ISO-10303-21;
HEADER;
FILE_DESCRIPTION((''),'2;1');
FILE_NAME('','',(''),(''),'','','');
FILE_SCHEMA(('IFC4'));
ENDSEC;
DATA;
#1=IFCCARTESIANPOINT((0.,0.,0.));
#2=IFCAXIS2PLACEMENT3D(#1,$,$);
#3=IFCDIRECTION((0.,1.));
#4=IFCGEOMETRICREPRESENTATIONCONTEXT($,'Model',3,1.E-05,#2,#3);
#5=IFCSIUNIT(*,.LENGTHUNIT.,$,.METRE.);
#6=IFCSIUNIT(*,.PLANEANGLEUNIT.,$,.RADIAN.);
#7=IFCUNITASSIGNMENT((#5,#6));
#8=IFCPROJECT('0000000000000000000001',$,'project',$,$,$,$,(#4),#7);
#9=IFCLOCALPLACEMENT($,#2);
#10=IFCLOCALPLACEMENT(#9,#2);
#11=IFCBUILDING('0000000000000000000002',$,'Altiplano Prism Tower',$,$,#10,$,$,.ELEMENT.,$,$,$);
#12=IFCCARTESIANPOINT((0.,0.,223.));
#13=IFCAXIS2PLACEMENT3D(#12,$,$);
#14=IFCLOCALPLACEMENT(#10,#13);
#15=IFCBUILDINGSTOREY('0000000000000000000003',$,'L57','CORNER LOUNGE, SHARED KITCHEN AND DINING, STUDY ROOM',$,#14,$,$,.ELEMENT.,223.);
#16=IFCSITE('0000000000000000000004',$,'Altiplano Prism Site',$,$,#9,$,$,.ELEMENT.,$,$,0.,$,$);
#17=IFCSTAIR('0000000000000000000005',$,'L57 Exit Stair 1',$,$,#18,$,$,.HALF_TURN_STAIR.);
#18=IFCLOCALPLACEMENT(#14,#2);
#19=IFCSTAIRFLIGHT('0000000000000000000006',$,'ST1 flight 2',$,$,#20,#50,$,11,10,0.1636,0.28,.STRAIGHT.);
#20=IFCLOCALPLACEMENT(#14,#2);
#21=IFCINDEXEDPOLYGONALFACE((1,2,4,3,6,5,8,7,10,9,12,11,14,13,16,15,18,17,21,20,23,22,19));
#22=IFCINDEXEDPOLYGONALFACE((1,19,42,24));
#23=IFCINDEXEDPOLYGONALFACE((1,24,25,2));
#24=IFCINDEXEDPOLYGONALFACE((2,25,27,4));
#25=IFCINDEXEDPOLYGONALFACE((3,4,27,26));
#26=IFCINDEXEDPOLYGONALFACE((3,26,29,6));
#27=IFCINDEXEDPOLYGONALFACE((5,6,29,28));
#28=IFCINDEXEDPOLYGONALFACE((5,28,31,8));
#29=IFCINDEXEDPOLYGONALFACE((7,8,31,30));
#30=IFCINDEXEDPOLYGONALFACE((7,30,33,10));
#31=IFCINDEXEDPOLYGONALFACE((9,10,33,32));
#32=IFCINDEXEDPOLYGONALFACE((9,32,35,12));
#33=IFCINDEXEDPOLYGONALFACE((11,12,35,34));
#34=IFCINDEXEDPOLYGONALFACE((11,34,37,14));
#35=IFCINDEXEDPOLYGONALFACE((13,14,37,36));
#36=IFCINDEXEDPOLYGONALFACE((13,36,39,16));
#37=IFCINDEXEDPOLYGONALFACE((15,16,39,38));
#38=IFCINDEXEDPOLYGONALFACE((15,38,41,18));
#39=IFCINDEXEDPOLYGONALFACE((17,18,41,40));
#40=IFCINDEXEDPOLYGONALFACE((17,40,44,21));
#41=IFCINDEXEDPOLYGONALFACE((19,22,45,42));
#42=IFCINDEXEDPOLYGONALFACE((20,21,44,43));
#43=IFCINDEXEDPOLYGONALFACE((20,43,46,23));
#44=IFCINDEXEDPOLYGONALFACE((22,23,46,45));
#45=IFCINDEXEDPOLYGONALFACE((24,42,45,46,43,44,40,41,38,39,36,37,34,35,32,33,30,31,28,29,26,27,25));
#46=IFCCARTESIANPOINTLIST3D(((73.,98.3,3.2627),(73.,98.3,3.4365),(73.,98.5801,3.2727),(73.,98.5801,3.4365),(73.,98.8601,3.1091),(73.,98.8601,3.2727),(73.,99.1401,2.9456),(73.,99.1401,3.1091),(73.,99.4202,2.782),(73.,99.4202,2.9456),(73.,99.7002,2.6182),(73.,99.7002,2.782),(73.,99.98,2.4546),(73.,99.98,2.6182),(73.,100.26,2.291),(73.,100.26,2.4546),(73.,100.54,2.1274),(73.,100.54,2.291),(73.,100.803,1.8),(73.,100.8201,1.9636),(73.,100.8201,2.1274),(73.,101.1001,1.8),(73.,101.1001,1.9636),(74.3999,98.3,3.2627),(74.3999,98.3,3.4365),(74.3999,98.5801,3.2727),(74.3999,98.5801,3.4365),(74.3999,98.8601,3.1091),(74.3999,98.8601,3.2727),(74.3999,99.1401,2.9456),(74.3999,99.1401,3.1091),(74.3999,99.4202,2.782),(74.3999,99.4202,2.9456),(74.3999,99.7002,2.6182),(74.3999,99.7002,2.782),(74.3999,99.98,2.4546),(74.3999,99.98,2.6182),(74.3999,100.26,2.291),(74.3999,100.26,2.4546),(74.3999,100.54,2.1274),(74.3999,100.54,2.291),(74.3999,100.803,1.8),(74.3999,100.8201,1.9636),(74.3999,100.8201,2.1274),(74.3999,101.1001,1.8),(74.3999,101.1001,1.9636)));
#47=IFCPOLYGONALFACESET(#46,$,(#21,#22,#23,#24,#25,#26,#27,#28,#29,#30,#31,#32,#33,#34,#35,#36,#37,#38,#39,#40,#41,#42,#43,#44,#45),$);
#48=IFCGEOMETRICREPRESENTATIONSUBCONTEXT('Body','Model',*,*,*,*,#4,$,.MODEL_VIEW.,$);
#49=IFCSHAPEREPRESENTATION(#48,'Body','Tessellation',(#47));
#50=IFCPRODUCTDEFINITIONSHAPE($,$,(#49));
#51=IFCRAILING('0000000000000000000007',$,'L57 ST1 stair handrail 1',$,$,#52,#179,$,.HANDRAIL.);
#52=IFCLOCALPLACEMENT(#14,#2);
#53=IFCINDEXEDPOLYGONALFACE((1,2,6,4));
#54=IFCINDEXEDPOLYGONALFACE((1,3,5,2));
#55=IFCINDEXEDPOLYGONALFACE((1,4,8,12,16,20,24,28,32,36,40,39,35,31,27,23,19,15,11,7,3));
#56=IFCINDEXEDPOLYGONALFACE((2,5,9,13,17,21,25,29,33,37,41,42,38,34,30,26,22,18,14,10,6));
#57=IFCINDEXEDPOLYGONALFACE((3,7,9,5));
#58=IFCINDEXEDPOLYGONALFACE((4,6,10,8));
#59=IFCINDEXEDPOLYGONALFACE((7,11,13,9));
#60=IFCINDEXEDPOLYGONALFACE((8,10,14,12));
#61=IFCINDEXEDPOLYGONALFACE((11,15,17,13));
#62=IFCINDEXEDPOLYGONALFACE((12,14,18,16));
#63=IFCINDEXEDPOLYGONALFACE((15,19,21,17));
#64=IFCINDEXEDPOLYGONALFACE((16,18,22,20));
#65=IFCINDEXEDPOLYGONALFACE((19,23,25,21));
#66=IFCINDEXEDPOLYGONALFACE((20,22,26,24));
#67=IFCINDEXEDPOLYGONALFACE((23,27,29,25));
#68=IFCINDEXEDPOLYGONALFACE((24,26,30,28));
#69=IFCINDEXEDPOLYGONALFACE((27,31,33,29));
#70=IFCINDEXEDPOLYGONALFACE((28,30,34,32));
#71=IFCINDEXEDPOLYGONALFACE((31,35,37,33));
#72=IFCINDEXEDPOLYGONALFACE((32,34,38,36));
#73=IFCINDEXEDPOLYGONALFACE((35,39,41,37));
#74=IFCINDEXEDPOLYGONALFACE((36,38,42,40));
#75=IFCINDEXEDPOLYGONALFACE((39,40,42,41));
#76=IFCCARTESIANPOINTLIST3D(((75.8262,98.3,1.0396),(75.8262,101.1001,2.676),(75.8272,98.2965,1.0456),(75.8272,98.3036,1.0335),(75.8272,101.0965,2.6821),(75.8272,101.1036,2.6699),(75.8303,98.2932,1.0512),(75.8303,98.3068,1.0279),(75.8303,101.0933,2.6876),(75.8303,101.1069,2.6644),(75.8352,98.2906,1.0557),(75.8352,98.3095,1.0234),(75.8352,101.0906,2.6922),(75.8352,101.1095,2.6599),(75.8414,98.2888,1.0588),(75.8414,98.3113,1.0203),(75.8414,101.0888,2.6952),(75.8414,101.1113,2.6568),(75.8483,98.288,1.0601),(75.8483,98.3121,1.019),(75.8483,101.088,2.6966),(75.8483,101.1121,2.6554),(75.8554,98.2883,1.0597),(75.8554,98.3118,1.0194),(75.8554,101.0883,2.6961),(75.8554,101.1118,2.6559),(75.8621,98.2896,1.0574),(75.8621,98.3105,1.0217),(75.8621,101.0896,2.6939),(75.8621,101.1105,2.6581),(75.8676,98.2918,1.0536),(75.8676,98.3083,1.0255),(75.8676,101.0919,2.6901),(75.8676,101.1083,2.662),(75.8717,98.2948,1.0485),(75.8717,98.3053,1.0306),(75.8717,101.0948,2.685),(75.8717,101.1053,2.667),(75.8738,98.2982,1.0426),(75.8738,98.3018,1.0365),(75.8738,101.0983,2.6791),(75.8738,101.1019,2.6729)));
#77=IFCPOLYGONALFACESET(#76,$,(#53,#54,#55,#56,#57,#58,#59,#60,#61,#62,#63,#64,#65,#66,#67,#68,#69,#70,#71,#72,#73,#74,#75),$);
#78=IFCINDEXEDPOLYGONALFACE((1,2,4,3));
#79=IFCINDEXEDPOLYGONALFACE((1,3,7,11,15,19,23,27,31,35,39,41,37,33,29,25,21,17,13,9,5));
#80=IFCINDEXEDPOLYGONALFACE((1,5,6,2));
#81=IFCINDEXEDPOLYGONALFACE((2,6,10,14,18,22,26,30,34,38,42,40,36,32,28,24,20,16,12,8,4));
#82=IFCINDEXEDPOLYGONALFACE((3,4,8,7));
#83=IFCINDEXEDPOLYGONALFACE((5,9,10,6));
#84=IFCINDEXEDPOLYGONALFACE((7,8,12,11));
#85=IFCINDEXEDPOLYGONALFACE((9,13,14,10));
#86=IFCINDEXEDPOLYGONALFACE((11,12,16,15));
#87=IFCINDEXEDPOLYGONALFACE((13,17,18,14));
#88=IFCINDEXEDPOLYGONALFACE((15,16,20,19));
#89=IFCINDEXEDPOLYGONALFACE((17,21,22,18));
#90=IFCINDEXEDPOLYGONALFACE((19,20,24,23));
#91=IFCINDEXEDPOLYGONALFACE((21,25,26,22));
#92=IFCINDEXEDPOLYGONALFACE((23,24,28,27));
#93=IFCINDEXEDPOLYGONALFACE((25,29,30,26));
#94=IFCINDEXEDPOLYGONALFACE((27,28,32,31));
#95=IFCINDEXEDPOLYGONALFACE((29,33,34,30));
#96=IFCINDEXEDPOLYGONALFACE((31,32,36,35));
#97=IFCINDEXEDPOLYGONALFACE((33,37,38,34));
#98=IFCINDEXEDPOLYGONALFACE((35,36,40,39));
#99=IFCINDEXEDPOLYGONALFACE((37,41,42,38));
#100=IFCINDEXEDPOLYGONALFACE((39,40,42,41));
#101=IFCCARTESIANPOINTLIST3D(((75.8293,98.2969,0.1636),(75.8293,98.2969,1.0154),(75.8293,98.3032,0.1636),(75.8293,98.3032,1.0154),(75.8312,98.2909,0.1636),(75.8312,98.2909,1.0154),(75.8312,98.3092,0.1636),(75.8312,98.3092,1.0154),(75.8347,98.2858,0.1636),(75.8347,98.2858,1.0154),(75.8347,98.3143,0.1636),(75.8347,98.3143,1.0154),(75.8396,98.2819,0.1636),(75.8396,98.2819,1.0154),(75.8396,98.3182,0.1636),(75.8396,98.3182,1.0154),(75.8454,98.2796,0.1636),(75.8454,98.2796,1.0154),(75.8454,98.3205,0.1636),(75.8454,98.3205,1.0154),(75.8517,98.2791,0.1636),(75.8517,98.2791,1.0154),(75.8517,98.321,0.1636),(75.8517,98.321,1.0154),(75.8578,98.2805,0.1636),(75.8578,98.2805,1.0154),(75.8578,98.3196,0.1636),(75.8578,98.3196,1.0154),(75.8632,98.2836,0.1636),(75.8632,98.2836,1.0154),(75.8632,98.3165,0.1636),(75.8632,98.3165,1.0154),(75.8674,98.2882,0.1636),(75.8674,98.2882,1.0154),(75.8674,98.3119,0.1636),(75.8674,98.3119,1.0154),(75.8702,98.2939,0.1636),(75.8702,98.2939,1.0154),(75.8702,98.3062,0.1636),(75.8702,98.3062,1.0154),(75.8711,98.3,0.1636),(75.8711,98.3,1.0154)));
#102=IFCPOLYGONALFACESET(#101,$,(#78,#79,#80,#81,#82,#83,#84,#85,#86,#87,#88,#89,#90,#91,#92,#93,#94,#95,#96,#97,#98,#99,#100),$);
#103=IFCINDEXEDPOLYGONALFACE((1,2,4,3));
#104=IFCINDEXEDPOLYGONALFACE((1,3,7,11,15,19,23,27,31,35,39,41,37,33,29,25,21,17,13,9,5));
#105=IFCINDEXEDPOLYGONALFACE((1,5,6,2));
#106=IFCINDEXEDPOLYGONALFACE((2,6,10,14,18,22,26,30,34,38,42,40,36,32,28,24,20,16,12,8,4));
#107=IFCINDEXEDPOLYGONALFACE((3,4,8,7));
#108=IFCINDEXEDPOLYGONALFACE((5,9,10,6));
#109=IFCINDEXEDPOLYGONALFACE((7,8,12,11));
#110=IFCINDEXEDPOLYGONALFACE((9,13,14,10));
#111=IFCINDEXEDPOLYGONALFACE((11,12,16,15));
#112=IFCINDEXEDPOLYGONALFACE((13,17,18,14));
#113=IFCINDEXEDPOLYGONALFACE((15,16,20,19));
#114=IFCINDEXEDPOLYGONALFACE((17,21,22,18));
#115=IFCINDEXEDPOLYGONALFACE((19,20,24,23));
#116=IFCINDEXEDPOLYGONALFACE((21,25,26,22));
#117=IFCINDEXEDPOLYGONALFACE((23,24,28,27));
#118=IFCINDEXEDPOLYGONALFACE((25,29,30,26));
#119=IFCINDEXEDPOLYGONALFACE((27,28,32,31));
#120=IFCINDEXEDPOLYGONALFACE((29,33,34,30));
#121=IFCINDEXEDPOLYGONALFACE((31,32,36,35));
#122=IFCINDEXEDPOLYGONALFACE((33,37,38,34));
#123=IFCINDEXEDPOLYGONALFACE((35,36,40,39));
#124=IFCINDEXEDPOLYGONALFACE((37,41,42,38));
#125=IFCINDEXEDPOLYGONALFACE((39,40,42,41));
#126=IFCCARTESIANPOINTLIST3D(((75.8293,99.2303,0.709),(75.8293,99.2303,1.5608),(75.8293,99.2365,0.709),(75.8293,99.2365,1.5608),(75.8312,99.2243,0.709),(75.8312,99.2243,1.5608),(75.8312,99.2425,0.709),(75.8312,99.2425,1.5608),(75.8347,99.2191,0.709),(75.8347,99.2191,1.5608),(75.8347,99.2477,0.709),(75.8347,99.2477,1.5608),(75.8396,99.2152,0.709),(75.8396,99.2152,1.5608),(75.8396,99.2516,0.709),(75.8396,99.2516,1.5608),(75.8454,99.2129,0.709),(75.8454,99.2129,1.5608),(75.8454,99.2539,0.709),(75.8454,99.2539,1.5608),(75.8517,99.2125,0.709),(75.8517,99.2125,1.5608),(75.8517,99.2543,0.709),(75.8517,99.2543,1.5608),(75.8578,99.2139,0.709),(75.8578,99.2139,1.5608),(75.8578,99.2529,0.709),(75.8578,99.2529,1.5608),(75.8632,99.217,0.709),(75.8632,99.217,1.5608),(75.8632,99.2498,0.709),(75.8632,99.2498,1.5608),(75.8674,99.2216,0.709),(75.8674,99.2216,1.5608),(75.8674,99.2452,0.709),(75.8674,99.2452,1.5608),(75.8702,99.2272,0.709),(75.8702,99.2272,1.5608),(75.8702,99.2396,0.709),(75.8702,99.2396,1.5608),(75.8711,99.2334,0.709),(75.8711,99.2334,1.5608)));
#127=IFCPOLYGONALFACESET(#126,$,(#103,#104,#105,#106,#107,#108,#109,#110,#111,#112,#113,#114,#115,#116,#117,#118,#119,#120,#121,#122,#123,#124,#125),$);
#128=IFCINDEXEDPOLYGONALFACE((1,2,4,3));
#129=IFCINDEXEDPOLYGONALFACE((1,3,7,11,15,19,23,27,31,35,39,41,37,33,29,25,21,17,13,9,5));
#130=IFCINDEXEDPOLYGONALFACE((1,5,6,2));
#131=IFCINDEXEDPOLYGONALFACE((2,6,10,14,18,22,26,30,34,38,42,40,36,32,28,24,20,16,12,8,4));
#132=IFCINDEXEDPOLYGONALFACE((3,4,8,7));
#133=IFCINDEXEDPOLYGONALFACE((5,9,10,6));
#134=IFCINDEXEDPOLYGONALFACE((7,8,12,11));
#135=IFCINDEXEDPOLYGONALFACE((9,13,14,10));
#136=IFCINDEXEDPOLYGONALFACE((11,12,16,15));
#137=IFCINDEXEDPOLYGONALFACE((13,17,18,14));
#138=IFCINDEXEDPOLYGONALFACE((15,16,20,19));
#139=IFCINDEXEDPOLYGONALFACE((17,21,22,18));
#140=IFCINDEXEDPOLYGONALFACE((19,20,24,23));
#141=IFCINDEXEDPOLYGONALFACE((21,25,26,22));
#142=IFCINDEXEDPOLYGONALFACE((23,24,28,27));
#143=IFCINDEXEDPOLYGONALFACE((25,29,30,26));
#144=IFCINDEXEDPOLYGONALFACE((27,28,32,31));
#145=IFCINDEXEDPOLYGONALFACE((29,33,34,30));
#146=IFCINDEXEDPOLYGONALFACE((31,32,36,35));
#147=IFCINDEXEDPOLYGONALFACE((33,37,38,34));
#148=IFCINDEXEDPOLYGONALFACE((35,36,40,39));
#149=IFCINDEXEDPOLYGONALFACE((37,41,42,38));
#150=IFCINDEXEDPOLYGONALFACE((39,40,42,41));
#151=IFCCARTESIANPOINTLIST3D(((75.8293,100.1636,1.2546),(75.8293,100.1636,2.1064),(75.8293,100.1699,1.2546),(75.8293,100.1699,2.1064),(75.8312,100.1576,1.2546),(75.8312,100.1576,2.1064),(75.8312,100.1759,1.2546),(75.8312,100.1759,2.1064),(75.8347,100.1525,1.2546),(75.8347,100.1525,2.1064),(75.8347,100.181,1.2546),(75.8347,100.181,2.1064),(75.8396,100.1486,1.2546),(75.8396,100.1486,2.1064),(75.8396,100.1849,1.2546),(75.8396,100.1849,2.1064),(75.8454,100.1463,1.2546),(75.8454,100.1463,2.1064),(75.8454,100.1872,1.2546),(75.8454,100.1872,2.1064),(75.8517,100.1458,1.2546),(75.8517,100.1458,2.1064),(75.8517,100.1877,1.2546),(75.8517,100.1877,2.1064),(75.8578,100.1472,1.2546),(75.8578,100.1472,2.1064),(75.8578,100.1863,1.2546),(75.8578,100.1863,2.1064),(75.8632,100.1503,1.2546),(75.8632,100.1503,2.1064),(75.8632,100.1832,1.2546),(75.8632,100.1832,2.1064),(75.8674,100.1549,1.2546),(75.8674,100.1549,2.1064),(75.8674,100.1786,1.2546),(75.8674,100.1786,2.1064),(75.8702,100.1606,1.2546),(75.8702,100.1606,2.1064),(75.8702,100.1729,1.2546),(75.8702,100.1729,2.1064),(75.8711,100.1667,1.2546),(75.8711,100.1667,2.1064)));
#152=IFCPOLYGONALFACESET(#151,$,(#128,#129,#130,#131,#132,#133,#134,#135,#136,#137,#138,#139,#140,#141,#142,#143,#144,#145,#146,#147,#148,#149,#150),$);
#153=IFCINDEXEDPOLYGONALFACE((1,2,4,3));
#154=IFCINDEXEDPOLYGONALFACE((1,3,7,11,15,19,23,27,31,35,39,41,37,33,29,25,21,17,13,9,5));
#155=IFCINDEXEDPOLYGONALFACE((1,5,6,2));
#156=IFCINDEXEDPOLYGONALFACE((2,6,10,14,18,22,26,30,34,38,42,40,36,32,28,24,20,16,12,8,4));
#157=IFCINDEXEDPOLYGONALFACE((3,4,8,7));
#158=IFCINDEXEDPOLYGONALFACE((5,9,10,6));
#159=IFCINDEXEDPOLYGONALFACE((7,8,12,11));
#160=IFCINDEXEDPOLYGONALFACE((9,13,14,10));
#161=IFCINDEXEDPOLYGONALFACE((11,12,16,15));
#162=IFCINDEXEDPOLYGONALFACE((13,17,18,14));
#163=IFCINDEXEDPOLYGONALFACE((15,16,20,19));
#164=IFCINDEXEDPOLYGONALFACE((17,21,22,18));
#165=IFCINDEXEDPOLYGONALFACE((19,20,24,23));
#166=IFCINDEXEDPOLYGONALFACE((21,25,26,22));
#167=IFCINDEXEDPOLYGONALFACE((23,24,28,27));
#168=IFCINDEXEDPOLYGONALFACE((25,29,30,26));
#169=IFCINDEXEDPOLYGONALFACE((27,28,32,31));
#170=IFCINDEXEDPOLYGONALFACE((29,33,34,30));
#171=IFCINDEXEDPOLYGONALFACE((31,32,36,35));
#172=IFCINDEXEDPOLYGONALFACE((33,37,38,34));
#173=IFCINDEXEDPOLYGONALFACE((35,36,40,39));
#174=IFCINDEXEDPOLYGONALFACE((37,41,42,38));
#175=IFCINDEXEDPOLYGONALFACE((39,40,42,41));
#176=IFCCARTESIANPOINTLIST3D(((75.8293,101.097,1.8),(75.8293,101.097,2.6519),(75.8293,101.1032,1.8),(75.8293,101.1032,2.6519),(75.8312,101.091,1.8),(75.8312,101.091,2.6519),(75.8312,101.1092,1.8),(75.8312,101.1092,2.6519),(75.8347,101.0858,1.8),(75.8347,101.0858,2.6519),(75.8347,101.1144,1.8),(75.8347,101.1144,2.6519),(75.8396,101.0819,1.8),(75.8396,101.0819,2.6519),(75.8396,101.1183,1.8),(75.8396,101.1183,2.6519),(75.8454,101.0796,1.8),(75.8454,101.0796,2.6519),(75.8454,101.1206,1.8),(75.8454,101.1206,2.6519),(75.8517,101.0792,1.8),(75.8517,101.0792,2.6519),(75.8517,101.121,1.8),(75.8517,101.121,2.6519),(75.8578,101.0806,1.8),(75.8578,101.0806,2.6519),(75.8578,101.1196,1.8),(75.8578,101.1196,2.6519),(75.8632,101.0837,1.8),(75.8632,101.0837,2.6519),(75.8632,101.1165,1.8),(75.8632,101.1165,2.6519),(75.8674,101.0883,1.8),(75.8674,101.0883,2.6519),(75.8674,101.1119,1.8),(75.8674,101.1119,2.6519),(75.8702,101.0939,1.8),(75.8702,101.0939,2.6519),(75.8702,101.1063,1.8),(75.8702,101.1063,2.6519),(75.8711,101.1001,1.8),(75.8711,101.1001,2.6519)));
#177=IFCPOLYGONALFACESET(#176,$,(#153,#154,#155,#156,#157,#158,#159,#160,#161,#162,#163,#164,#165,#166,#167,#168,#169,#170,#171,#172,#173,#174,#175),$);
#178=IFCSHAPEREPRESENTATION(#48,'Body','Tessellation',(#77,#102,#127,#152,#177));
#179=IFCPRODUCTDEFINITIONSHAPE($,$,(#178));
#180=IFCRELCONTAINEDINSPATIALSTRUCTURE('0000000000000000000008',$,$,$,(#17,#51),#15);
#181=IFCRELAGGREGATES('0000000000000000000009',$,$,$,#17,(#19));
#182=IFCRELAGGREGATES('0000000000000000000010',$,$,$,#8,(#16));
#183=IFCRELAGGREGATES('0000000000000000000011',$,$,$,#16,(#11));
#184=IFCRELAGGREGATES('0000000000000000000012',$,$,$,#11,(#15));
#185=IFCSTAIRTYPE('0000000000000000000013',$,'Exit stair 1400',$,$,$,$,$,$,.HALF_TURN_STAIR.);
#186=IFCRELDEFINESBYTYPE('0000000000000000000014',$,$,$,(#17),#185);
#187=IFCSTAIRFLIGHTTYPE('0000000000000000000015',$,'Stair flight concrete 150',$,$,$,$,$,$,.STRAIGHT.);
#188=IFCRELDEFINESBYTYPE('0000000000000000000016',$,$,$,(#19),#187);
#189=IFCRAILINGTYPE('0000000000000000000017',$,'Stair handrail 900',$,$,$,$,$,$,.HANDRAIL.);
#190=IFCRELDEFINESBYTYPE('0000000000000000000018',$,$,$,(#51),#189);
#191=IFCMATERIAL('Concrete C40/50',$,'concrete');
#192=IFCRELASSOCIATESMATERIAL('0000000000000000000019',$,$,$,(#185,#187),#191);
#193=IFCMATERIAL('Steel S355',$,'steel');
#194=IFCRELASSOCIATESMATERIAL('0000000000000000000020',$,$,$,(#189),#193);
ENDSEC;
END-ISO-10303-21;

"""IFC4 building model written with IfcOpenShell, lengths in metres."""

from ifc_helpers import new_model, si_unit, direction, frame, origin, origin_2d, place, context, subcontext, project, spatial, polyline, circle, outline, extrude, material, type_object, element, aggregate, save


model = new_model("IFC4")

# Units and contexts
model_context = context("Model", 3, precision=1e-05, world=origin(), true_north=direction((0.0, 1.0)))
body_context = subcontext(model_context, "Body", "Model", "MODEL_VIEW")
ifc_project = project(units=[si_unit("LENGTHUNIT", "METRE"), si_unit("PLANEANGLEUNIT", "RADIAN")], contexts=[model_context])

# Site, building, storey
site_placement = place(None, origin())
site = spatial("IfcSite", under=ifc_project, at=site_placement, Name="Altiplano Prism Site", CompositionType="ELEMENT", RefElevation=0.0)
building_placement = place(site_placement, origin())
building = spatial("IfcBuilding", under=site, at=building_placement, Name="Altiplano Prism Tower", CompositionType="ELEMENT")
storey_placement = place(building_placement, frame((0.0, 0.0, 223.0)))
storey = spatial("IfcBuildingStorey", under=building, at=storey_placement, Name="L57", Description="CORNER LOUNGE, SHARED KITCHEN AND DINING, STUDY ROOM", CompositionType="ELEMENT", Elevation=223.0)

# Stair, stair flight
ifc_material_1 = material(Name="Concrete C40/50", Category="concrete")
stair_type = type_object("IfcStairType", Name="Exit stair 1400", PredefinedType="HALF_TURN_STAIR", material=ifc_material_1)
stair_placement = place(storey_placement, origin())
stair = element("IfcStair", 1, at=stair_placement, inside=storey, type_object=stair_type, Name="L57 Exit Stair 1", PredefinedType="HALF_TURN_STAIR")
stair_flight_type = type_object("IfcStairFlightType", Name="Stair flight concrete 150", PredefinedType="STRAIGHT", material=ifc_material_1)
stair_flight_1_placement = place(storey_placement, frame((73.7, 101.1001, 1.8), z_axis=(0.0, 0.0, 1.0), x_axis=(0.0, -1.0, 0.0)))
stair_flight_1 = element("IfcStairFlight", 2, at=stair_flight_1_placement, type_object=stair_flight_type, Name="ST1 flight 2", NumberOfRisers=11, NumberOfTreads=10, PredefinedType="STRAIGHT", RiserHeight=0.1636, TreadLength=0.28, context=body_context, shape_type="SweptSolid", body=[
    extrude(outline(polyline([(0.0, 0.0), (0.0, 0.1636), (0.28, 0.1636), (0.28, 0.3274), (0.5601, 0.3274), (0.5601, 0.491), (0.8401, 0.491), (0.8401, 0.6545), (1.1201, 0.6545), (1.1201, 0.8181), (1.3999, 0.8181), (1.3999, 0.9819), (1.6799, 0.9819), (1.6799, 1.1455), (1.96, 1.1455), (1.96, 1.3091), (2.24, 1.3091), (2.24, 1.4727), (2.52, 1.4727), (2.52, 1.6365), (2.8, 1.6365), (2.8, 1.8), (2.8, 1.4626), (0.2971, 0.0), (0.0, 0.0)])), frame((0.0, 0.7, 0.0), z_axis=(0.0, -1.0, 0.0), x_axis=(1.0, 0.0, 0.0)), (0.0, 0.0, 1.0), 1.3999),
])
aggregate(stair, [stair_flight_1])

# Railing
ifc_material_2 = material(Name="Steel S355", Category="steel")
railing_type_1 = type_object("IfcRailingType", Name="Stair handrail 900", PredefinedType="HANDRAIL", material=ifc_material_2)
railing_1_placement = place(storey_placement, frame((75.8501, 98.3, 0.1636)))
element("IfcRailing", 3, at=railing_1_placement, inside=storey, type_object=railing_type_1, Name="L57 ST1 stair handrail 1", PredefinedType="HANDRAIL", context=body_context, shape_type="SweptSolid", body=[
    extrude(circle(Radius=0.0239, at=origin_2d()), frame((0.0, 0.0, 0.876), z_axis=(0.0, 0.863361, 0.504587), x_axis=(-1.0, 0.0, 0.0)), (0.0, 0.0, 1.0), 3.2432),
    extrude(circle(Radius=0.021, at=origin_2d()), origin(), (0.0, 0.0, 1.0), 0.8518),
    extrude(circle(Radius=0.021, at=origin_2d()), frame((0.0, 0.9333, 0.5454)), (0.0, 0.0, 1.0), 0.8518),
    extrude(circle(Radius=0.021, at=origin_2d()), frame((0.0, 1.8667, 1.0911)), (0.0, 0.0, 1.0), 0.8518),
    extrude(circle(Radius=0.021, at=origin_2d()), frame((0.0, 2.8, 1.6365)), (0.0, 0.0, 1.0), 0.8518),
])

save(model, "model.ifc")
